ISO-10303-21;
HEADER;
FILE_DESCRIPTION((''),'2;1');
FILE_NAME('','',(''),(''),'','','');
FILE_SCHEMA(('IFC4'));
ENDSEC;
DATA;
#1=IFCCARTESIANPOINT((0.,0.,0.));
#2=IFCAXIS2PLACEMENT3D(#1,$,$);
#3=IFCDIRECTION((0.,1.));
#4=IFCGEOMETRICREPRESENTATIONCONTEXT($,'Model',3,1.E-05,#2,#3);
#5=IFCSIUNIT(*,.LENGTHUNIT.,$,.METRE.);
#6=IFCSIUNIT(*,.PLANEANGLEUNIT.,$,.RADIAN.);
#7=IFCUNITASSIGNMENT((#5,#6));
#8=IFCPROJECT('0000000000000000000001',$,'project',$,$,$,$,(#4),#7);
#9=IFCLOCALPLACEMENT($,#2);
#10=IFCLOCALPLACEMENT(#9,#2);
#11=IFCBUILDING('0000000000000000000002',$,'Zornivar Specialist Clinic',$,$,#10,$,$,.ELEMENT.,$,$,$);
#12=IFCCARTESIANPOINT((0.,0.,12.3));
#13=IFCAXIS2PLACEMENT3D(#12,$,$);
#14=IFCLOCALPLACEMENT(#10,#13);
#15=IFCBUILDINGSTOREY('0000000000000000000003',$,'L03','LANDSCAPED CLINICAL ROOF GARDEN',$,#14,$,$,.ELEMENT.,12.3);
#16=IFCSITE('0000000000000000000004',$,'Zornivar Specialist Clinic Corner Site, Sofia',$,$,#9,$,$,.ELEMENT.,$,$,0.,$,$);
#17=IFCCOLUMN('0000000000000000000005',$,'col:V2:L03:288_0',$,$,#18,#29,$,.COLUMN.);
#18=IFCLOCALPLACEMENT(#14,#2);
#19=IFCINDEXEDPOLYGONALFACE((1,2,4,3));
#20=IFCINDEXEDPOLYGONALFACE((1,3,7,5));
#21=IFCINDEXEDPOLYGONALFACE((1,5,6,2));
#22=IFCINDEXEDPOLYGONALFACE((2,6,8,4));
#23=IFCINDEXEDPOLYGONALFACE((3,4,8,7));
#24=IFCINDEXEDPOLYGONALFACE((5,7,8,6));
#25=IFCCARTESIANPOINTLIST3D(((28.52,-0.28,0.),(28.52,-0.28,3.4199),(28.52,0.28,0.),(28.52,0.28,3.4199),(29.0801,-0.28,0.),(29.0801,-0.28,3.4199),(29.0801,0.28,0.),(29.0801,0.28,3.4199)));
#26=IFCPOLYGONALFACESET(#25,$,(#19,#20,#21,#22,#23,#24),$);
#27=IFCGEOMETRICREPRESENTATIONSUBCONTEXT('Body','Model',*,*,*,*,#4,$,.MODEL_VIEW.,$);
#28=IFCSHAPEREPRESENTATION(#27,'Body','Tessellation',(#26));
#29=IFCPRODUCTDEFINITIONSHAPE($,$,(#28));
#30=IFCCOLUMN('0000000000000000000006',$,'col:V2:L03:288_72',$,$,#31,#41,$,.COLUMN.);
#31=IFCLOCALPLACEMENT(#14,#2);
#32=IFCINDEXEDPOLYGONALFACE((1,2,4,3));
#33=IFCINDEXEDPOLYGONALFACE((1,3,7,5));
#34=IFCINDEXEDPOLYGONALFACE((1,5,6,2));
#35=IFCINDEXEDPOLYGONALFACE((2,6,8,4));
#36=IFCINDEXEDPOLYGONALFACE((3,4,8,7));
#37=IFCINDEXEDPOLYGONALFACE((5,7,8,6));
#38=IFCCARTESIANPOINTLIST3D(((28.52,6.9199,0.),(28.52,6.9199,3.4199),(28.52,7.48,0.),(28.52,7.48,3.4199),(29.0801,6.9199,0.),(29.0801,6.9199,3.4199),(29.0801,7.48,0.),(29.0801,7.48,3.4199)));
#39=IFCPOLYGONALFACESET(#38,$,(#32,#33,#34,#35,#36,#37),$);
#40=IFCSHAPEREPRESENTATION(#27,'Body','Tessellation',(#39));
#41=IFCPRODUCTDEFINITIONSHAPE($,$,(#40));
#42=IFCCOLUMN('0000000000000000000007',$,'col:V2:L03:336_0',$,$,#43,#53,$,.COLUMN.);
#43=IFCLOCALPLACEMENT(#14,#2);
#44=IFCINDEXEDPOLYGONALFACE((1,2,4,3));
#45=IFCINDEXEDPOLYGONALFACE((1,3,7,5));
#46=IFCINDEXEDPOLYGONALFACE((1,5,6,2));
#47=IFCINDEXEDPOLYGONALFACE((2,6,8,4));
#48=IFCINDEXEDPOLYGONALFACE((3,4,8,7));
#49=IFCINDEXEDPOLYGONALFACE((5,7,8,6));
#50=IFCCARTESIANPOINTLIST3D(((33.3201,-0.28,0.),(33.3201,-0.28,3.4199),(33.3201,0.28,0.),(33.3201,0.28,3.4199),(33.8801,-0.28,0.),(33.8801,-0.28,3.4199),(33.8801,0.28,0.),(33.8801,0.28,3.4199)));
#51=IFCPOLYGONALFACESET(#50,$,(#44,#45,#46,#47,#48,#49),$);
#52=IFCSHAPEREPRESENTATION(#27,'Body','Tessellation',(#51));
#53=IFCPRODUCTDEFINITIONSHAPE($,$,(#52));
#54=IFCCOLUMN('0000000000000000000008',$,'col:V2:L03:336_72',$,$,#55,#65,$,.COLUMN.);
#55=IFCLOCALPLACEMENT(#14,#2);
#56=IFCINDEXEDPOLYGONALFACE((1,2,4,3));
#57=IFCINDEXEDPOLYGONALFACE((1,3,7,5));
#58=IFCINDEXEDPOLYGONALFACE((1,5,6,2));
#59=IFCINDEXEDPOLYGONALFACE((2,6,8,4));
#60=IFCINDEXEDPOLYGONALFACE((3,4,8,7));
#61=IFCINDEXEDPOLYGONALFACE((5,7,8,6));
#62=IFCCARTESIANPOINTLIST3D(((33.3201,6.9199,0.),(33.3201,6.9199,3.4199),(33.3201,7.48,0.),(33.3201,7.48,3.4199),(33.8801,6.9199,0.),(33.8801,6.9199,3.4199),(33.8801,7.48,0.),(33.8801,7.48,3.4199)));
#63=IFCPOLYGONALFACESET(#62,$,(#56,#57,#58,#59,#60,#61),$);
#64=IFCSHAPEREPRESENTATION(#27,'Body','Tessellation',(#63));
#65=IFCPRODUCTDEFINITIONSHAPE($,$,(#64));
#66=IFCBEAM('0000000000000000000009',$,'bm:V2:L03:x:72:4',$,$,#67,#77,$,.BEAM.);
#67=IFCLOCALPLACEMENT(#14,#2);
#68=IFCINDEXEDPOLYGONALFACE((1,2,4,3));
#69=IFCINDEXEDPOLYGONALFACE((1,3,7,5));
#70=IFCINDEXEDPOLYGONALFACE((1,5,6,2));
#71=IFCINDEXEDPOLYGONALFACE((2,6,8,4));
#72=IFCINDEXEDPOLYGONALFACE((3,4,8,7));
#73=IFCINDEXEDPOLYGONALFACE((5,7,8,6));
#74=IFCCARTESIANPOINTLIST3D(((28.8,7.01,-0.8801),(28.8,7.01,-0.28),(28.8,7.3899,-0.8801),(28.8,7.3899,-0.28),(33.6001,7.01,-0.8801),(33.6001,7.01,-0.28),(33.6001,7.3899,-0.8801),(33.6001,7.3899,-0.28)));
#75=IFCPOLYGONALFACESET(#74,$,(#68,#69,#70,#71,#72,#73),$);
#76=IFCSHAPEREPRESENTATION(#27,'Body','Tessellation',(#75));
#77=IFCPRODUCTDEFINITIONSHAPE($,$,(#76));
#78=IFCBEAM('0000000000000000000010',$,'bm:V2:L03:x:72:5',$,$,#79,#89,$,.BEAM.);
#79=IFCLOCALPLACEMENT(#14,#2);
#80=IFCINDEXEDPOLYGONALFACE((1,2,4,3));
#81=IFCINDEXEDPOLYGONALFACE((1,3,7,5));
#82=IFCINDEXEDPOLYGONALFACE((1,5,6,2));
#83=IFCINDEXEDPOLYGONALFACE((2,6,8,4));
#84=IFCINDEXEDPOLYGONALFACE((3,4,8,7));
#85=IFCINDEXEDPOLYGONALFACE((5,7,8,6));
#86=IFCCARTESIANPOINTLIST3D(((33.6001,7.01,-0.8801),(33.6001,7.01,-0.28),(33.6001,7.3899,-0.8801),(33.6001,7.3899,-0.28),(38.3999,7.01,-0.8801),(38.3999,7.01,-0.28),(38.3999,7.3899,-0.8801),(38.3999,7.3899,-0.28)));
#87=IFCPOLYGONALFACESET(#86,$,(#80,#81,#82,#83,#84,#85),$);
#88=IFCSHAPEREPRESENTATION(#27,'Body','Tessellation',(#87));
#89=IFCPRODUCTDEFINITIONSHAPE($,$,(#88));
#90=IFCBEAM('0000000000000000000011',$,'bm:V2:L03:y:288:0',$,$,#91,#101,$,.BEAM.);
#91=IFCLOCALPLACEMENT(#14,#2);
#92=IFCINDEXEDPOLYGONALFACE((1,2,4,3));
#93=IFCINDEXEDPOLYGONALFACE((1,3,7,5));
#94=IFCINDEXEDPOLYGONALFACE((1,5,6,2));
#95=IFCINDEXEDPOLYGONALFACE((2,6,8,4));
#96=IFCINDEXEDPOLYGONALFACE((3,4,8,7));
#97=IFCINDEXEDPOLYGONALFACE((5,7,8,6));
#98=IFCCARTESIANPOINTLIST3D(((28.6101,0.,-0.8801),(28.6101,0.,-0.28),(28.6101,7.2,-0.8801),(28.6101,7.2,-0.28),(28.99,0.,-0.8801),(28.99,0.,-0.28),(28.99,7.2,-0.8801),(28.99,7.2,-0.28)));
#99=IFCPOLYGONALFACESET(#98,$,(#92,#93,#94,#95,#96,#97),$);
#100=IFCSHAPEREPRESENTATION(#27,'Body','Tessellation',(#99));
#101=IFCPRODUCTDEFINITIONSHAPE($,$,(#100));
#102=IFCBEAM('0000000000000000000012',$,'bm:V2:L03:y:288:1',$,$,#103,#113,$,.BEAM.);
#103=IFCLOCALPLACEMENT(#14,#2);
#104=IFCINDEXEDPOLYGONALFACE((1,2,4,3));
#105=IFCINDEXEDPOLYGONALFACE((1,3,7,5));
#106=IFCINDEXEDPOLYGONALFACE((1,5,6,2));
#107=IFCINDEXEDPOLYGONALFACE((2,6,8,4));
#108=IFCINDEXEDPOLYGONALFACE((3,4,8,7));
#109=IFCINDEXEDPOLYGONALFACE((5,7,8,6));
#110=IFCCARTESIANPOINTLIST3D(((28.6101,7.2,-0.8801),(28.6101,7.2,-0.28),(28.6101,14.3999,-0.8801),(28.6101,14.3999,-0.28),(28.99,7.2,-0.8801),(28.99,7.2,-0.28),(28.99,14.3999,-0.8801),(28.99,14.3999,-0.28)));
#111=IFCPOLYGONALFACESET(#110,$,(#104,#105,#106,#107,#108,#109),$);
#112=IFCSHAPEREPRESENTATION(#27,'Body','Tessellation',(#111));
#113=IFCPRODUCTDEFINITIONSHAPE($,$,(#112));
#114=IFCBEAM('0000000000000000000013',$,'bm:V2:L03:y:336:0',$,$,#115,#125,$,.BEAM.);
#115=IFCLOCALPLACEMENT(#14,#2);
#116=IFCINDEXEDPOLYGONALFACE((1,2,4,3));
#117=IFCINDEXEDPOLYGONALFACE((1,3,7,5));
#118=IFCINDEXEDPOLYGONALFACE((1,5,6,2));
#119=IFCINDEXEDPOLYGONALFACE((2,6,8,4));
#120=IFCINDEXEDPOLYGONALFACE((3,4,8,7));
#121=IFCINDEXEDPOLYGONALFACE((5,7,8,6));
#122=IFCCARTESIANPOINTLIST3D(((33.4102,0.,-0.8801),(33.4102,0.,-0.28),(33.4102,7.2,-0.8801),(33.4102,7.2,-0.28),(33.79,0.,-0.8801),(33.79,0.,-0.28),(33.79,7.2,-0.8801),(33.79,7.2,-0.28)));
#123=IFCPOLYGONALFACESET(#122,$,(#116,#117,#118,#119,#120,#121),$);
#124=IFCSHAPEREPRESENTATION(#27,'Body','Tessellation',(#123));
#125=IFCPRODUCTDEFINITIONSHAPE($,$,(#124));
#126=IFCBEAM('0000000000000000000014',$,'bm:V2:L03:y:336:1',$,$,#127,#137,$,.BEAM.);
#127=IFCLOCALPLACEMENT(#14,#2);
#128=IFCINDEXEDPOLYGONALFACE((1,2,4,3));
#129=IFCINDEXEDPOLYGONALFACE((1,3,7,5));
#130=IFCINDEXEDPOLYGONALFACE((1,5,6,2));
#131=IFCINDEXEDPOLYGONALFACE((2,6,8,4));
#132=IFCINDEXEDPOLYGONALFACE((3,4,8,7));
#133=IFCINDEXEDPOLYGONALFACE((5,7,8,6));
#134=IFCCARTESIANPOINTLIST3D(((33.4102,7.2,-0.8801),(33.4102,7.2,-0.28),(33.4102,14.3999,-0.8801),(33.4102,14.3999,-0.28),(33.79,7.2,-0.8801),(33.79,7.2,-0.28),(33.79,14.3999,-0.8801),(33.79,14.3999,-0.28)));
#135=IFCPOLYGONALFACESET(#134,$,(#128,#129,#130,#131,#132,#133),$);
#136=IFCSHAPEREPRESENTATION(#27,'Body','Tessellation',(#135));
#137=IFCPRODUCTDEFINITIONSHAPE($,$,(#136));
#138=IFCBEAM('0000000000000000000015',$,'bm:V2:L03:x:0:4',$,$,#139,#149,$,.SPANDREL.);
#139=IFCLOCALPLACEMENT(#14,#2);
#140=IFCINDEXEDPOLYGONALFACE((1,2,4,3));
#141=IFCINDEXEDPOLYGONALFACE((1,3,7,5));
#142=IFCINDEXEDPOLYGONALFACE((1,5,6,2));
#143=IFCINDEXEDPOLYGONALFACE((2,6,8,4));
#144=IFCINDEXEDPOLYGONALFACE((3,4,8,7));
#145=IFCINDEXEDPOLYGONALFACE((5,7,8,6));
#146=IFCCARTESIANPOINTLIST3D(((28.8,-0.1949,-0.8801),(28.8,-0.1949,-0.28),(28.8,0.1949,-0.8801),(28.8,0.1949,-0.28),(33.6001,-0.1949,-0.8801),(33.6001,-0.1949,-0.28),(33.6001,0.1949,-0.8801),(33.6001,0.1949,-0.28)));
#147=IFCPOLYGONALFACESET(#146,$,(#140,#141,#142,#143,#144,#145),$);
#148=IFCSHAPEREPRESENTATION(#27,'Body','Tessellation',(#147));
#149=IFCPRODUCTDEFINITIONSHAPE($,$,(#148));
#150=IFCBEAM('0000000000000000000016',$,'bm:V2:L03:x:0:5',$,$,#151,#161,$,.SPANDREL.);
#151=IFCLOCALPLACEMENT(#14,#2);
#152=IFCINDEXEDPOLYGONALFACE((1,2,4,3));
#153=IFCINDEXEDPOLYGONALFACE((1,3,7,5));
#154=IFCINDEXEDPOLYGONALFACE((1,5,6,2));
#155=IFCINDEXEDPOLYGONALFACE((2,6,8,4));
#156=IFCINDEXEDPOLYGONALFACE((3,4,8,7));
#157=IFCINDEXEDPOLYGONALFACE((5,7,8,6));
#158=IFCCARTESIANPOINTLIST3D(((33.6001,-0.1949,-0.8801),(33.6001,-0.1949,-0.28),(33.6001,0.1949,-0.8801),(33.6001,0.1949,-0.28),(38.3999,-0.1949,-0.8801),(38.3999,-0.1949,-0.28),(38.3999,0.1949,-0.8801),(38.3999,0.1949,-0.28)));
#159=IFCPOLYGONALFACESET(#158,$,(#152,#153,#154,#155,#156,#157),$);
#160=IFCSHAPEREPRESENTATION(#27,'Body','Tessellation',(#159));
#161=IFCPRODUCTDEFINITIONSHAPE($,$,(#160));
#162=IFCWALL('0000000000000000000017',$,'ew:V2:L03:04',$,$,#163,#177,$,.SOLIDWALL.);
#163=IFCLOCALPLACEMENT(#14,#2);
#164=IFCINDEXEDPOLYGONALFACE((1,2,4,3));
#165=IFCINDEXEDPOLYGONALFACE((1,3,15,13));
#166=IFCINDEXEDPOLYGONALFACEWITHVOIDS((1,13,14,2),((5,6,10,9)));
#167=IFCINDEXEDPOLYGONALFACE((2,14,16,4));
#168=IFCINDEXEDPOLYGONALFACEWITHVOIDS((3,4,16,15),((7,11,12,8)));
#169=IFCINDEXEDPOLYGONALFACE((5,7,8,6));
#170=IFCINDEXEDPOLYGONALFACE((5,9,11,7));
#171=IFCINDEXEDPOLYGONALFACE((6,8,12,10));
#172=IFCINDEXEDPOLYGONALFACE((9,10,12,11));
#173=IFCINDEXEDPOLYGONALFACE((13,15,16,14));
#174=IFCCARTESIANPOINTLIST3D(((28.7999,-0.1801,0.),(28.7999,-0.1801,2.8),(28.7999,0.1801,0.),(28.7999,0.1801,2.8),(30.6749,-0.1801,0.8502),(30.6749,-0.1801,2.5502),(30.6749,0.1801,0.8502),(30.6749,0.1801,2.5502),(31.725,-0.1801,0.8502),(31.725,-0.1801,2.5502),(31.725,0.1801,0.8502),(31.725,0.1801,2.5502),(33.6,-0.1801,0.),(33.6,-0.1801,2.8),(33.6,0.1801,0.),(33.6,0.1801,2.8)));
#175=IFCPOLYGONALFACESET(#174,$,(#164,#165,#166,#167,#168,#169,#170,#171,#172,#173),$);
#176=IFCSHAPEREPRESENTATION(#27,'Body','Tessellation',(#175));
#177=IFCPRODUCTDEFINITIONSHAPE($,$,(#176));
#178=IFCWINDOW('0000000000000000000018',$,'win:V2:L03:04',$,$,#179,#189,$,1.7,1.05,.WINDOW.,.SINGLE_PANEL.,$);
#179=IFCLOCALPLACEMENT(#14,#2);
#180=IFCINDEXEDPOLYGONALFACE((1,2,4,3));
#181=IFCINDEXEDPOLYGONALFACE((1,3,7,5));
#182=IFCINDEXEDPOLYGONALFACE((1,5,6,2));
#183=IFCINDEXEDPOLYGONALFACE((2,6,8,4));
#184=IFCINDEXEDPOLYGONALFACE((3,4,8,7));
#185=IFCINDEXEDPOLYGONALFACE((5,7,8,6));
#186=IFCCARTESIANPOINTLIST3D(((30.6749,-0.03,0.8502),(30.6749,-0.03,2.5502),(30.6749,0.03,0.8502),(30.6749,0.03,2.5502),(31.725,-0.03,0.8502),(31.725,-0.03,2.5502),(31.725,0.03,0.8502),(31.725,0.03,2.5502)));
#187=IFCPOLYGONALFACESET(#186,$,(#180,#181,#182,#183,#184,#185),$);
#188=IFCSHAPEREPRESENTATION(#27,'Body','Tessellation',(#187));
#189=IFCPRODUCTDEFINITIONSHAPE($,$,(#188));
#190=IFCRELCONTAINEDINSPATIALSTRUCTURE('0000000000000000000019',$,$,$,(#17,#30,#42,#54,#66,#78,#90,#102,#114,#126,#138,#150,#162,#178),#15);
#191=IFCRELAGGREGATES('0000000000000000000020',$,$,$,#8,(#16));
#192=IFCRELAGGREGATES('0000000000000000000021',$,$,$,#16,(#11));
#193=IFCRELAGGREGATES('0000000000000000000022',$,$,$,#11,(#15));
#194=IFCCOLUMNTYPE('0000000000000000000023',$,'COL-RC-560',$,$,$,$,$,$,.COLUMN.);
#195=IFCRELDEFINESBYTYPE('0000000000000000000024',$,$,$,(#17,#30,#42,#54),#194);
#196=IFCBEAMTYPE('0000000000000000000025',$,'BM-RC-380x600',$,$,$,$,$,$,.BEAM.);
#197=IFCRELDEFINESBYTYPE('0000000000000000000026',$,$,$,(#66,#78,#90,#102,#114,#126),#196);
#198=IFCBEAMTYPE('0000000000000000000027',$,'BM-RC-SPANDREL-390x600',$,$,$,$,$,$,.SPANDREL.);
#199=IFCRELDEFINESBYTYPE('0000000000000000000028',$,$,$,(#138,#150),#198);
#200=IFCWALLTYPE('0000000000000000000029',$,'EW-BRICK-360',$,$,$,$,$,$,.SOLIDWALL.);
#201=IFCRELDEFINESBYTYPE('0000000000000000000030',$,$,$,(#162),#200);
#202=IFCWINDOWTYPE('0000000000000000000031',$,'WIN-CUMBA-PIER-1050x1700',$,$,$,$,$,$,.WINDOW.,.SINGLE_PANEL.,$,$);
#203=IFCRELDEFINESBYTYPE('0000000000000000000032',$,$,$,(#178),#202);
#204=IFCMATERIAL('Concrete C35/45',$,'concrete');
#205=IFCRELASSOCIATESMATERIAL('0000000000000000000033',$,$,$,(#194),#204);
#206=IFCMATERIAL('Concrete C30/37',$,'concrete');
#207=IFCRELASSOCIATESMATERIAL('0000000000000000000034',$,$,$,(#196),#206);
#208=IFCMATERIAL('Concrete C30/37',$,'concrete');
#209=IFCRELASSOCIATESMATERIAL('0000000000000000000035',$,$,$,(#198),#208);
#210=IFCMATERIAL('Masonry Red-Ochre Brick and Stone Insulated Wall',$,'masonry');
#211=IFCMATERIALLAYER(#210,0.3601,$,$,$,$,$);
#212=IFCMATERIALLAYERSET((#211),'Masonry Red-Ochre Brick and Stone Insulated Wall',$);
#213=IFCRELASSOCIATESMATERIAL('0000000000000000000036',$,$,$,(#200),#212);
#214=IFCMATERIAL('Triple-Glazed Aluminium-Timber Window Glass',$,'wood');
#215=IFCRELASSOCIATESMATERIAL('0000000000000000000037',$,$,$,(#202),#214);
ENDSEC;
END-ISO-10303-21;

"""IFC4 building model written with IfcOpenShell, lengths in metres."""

from ifc_helpers import new_model, si_unit, direction, frame, frame_2d, origin, origin_2d, place, context, subcontext, project, spatial, rectangle, extrude, material, layer, layer_set, material_profile, profile_set, type_object, element, fill, save


model = new_model("IFC4")

# Units and contexts
model_context = context("Model", 3, precision=1e-05, world=origin(), true_north=direction((0.0, 1.0)))
body_context = subcontext(model_context, "Body", "Model", "MODEL_VIEW")
ifc_project = project(units=[si_unit("LENGTHUNIT", "METRE"), si_unit("PLANEANGLEUNIT", "RADIAN")], contexts=[model_context])

# Site, building, storey
site_placement = place(None, origin())
site = spatial("IfcSite", under=ifc_project, at=site_placement, Name="Zornivar Specialist Clinic Corner Site, Sofia", CompositionType="ELEMENT", RefElevation=0.0)
building_placement = place(site_placement, origin())
building = spatial("IfcBuilding", under=site, at=building_placement, Name="Zornivar Specialist Clinic", CompositionType="ELEMENT")
storey_placement = place(building_placement, frame((0.0, 0.0, 12.3)))
storey = spatial("IfcBuildingStorey", under=building, at=storey_placement, Name="L03", Description="LANDSCAPED CLINICAL ROOF GARDEN", CompositionType="ELEMENT", Elevation=12.3)

# Columns
ifc_material_1 = material(Name="Concrete C35/45", Category="concrete")
ifc_material_profile_1 = material_profile(ifc_material_1, rectangle(XDim=0.5601, YDim=0.5601, at=origin_2d()), Name="RC 560x560")
ifc_profile_set_1 = profile_set([ifc_material_profile_1], Name="Concrete C35/45")
column_type = type_object("IfcColumnType", Name="COL-RC-560", PredefinedType="COLUMN", material=ifc_profile_set_1)
for number, where, z_axis, x_axis, name in (
    (1, (28.8, 0.0, 0.0), (0.0, 0.0, 1.0), (1.0, 0.0, 0.0), "col:V2:L03:288_0"),
    (2, (28.8, 7.2, 0.0), (0.0, 0.0, 1.0), (1.0, 0.0, 0.0), "col:V2:L03:288_72"),
    (3, (33.6001, 0.0, 0.0), (0.0, 0.0, 1.0), (1.0, 0.0, 0.0), "col:V2:L03:336_0"),
    (4, (33.6001, 7.2, 0.0), (0.0, 0.0, 1.0), (1.0, 0.0, 0.0), "col:V2:L03:336_72"),
):
    element("IfcColumn", number, at=place(storey_placement, frame(where, z_axis=z_axis, x_axis=x_axis)), inside=storey, type_object=column_type, Name=name, PredefinedType="COLUMN", context=body_context, shape_type="SweptSolid", body=[
        extrude(rectangle(XDim=0.5601, YDim=0.5601, at=origin_2d()), origin(), (0.0, 0.0, 1.0), 3.4199),
    ])

# Beams
ifc_material_2 = material(Name="Concrete C30/37", Category="concrete")
ifc_material_profile_2 = material_profile(ifc_material_2, rectangle(XDim=0.3799, YDim=0.6001, at=origin_2d()), Name="RC 380x600")
ifc_profile_set_2 = profile_set([ifc_material_profile_2], Name="Concrete C30/37")
beam_type_1 = type_object("IfcBeamType", Name="BM-RC-380x600", PredefinedType="BEAM", material=ifc_profile_set_2)
beam_1_placement = place(storey_placement, frame((28.8, 7.2, -0.5801), z_axis=(1.0, 0.0, 0.0), x_axis=(0.0, 1.0, 0.0)))
element("IfcBeam", 5, at=beam_1_placement, inside=storey, type_object=beam_type_1, Name="bm:V2:L03:x:72:4", PredefinedType="BEAM", context=body_context, shape_type="SweptSolid", body=[
    extrude(rectangle(XDim=0.3799, YDim=0.6001, at=origin_2d()), origin(), (0.0, 0.0, 1.0), 4.8),
])
beam_2_placement = place(storey_placement, frame((33.6001, 7.2, -0.5801), z_axis=(1.0, 0.0, 0.0), x_axis=(0.0, 1.0, 0.0)))
element("IfcBeam", 6, at=beam_2_placement, inside=storey, type_object=beam_type_1, Name="bm:V2:L03:x:72:5", PredefinedType="BEAM", context=body_context, shape_type="SweptSolid", body=[
    extrude(rectangle(XDim=0.3799, YDim=0.6001, at=origin_2d()), origin(), (0.0, 0.0, 1.0), 4.7998),
])
for number, where, z_axis, x_axis, name in (
    (7, (28.8, 0.0, -0.5801), (0.0, 1.0, 0.0), (-1.0, 0.0, 0.0), "bm:V2:L03:y:288:0"),
    (8, (28.8, 7.2, -0.5801), (0.0, 1.0, 0.0), (-1.0, 0.0, 0.0), "bm:V2:L03:y:288:1"),
    (9, (33.6001, 0.0, -0.5801), (0.0, 1.0, 0.0), (-1.0, 0.0, 0.0), "bm:V2:L03:y:336:0"),
    (10, (33.6001, 7.2, -0.5801), (0.0, 1.0, 0.0), (-1.0, 0.0, 0.0), "bm:V2:L03:y:336:1"),
):
    element("IfcBeam", number, at=place(storey_placement, frame(where, z_axis=z_axis, x_axis=x_axis)), inside=storey, type_object=beam_type_1, Name=name, PredefinedType="BEAM", context=body_context, shape_type="SweptSolid", body=[
        extrude(rectangle(XDim=0.3799, YDim=0.6001, at=origin_2d()), origin(), (0.0, 0.0, 1.0), 7.2),
    ])
ifc_material_3 = material(Name="Concrete C30/37", Category="concrete")
ifc_material_profile_3 = material_profile(ifc_material_3, rectangle(XDim=0.3899, YDim=0.6001, at=origin_2d()), Name="RC 390x600")
ifc_profile_set_3 = profile_set([ifc_material_profile_3], Name="Concrete C30/37")
beam_type_2 = type_object("IfcBeamType", Name="BM-RC-SPANDREL-390x600", PredefinedType="SPANDREL", material=ifc_profile_set_3)
beam_3_placement = place(storey_placement, frame((28.8, 0.0, -0.5801), z_axis=(1.0, 0.0, 0.0), x_axis=(0.0, 1.0, 0.0)))
element("IfcBeam", 11, at=beam_3_placement, inside=storey, type_object=beam_type_2, Name="bm:V2:L03:x:0:4", PredefinedType="SPANDREL", context=body_context, shape_type="SweptSolid", body=[
    extrude(rectangle(XDim=0.3899, YDim=0.6001, at=origin_2d()), origin(), (0.0, 0.0, 1.0), 4.8),
])
beam_4_placement = place(storey_placement, frame((33.6001, 0.0, -0.5801), z_axis=(1.0, 0.0, 0.0), x_axis=(0.0, 1.0, 0.0)))
element("IfcBeam", 12, at=beam_4_placement, inside=storey, type_object=beam_type_2, Name="bm:V2:L03:x:0:5", PredefinedType="SPANDREL", context=body_context, shape_type="SweptSolid", body=[
    extrude(rectangle(XDim=0.3899, YDim=0.6001, at=origin_2d()), origin(), (0.0, 0.0, 1.0), 4.7998),
])

# Wall, opening, window
ifc_material_4 = material(Name="Masonry Red-Ochre Brick and Stone Insulated Wall", Category="masonry")
ifc_layer_1 = layer(ifc_material_4, 0.3601)
ifc_layer_set_1 = layer_set([ifc_layer_1], Name="Masonry Red-Ochre Brick and Stone Insulated Wall")
wall_type_1 = type_object("IfcWallType", Name="EW-BRICK-360", PredefinedType="SOLIDWALL", material=ifc_layer_set_1)
wall_1_placement = place(storey_placement, frame((28.8, 0.0, 0.0), z_axis=(0.0, 0.0, 1.0), x_axis=(1.0, 0.0, 0.0)))
wall_1 = element("IfcWall", 13, at=wall_1_placement, inside=storey, type_object=wall_type_1, Name="ew:V2:L03:04", PredefinedType="SOLIDWALL", context=body_context, shape_type="SweptSolid", body=[
    extrude(rectangle(XDim=4.8, YDim=0.3601, at=frame_2d((2.3999, 0.0))), origin(), (0.0, 0.0, 1.0), 2.8),
])
opening_1_placement = place(wall_1_placement, frame((1.875, 0.0, 0.8501)))
opening_1 = element("IfcOpeningElement", 14, at=opening_1_placement, cuts=wall_1, PredefinedType="OPENING", context=body_context, shape_type="SweptSolid", body=[
    extrude(rectangle(XDim=1.05, YDim=1.7, at=frame_2d((0.5249, 0.8501))), frame((0.0, 0.1899, 0.0), z_axis=(0.0, -1.0, 0.0), x_axis=(1.0, 0.0, 0.0)), (0.0, 0.0, 1.0), 0.3801),
])
ifc_material_5 = material(Name="Triple-Glazed Aluminium-Timber Window Glass", Category="wood")
window_type = type_object("IfcWindowType", Name="WIN-CUMBA-PIER-1050x1700", PartitioningType="SINGLE_PANEL", PredefinedType="WINDOW", material=ifc_material_5)
window_1_placement = place(opening_1_placement, origin())
window_1 = element("IfcWindow", 15, at=window_1_placement, inside=storey, type_object=window_type, Name="win:V2:L03:04", OverallHeight=1.7, OverallWidth=1.05, PartitioningType="SINGLE_PANEL", PredefinedType="WINDOW", context=body_context, shape_type="SweptSolid", body=[
    extrude(rectangle(XDim=1.05, YDim=1.7, at=frame_2d((0.5249, 0.8501))), frame((0.0, 0.03, 0.0), z_axis=(0.0, -1.0, 0.0), x_axis=(1.0, 0.0, 0.0)), (0.0, 0.0, 1.0), 0.0601),
])
fill(opening_1, window_1)

save(model, "model.ifc")
